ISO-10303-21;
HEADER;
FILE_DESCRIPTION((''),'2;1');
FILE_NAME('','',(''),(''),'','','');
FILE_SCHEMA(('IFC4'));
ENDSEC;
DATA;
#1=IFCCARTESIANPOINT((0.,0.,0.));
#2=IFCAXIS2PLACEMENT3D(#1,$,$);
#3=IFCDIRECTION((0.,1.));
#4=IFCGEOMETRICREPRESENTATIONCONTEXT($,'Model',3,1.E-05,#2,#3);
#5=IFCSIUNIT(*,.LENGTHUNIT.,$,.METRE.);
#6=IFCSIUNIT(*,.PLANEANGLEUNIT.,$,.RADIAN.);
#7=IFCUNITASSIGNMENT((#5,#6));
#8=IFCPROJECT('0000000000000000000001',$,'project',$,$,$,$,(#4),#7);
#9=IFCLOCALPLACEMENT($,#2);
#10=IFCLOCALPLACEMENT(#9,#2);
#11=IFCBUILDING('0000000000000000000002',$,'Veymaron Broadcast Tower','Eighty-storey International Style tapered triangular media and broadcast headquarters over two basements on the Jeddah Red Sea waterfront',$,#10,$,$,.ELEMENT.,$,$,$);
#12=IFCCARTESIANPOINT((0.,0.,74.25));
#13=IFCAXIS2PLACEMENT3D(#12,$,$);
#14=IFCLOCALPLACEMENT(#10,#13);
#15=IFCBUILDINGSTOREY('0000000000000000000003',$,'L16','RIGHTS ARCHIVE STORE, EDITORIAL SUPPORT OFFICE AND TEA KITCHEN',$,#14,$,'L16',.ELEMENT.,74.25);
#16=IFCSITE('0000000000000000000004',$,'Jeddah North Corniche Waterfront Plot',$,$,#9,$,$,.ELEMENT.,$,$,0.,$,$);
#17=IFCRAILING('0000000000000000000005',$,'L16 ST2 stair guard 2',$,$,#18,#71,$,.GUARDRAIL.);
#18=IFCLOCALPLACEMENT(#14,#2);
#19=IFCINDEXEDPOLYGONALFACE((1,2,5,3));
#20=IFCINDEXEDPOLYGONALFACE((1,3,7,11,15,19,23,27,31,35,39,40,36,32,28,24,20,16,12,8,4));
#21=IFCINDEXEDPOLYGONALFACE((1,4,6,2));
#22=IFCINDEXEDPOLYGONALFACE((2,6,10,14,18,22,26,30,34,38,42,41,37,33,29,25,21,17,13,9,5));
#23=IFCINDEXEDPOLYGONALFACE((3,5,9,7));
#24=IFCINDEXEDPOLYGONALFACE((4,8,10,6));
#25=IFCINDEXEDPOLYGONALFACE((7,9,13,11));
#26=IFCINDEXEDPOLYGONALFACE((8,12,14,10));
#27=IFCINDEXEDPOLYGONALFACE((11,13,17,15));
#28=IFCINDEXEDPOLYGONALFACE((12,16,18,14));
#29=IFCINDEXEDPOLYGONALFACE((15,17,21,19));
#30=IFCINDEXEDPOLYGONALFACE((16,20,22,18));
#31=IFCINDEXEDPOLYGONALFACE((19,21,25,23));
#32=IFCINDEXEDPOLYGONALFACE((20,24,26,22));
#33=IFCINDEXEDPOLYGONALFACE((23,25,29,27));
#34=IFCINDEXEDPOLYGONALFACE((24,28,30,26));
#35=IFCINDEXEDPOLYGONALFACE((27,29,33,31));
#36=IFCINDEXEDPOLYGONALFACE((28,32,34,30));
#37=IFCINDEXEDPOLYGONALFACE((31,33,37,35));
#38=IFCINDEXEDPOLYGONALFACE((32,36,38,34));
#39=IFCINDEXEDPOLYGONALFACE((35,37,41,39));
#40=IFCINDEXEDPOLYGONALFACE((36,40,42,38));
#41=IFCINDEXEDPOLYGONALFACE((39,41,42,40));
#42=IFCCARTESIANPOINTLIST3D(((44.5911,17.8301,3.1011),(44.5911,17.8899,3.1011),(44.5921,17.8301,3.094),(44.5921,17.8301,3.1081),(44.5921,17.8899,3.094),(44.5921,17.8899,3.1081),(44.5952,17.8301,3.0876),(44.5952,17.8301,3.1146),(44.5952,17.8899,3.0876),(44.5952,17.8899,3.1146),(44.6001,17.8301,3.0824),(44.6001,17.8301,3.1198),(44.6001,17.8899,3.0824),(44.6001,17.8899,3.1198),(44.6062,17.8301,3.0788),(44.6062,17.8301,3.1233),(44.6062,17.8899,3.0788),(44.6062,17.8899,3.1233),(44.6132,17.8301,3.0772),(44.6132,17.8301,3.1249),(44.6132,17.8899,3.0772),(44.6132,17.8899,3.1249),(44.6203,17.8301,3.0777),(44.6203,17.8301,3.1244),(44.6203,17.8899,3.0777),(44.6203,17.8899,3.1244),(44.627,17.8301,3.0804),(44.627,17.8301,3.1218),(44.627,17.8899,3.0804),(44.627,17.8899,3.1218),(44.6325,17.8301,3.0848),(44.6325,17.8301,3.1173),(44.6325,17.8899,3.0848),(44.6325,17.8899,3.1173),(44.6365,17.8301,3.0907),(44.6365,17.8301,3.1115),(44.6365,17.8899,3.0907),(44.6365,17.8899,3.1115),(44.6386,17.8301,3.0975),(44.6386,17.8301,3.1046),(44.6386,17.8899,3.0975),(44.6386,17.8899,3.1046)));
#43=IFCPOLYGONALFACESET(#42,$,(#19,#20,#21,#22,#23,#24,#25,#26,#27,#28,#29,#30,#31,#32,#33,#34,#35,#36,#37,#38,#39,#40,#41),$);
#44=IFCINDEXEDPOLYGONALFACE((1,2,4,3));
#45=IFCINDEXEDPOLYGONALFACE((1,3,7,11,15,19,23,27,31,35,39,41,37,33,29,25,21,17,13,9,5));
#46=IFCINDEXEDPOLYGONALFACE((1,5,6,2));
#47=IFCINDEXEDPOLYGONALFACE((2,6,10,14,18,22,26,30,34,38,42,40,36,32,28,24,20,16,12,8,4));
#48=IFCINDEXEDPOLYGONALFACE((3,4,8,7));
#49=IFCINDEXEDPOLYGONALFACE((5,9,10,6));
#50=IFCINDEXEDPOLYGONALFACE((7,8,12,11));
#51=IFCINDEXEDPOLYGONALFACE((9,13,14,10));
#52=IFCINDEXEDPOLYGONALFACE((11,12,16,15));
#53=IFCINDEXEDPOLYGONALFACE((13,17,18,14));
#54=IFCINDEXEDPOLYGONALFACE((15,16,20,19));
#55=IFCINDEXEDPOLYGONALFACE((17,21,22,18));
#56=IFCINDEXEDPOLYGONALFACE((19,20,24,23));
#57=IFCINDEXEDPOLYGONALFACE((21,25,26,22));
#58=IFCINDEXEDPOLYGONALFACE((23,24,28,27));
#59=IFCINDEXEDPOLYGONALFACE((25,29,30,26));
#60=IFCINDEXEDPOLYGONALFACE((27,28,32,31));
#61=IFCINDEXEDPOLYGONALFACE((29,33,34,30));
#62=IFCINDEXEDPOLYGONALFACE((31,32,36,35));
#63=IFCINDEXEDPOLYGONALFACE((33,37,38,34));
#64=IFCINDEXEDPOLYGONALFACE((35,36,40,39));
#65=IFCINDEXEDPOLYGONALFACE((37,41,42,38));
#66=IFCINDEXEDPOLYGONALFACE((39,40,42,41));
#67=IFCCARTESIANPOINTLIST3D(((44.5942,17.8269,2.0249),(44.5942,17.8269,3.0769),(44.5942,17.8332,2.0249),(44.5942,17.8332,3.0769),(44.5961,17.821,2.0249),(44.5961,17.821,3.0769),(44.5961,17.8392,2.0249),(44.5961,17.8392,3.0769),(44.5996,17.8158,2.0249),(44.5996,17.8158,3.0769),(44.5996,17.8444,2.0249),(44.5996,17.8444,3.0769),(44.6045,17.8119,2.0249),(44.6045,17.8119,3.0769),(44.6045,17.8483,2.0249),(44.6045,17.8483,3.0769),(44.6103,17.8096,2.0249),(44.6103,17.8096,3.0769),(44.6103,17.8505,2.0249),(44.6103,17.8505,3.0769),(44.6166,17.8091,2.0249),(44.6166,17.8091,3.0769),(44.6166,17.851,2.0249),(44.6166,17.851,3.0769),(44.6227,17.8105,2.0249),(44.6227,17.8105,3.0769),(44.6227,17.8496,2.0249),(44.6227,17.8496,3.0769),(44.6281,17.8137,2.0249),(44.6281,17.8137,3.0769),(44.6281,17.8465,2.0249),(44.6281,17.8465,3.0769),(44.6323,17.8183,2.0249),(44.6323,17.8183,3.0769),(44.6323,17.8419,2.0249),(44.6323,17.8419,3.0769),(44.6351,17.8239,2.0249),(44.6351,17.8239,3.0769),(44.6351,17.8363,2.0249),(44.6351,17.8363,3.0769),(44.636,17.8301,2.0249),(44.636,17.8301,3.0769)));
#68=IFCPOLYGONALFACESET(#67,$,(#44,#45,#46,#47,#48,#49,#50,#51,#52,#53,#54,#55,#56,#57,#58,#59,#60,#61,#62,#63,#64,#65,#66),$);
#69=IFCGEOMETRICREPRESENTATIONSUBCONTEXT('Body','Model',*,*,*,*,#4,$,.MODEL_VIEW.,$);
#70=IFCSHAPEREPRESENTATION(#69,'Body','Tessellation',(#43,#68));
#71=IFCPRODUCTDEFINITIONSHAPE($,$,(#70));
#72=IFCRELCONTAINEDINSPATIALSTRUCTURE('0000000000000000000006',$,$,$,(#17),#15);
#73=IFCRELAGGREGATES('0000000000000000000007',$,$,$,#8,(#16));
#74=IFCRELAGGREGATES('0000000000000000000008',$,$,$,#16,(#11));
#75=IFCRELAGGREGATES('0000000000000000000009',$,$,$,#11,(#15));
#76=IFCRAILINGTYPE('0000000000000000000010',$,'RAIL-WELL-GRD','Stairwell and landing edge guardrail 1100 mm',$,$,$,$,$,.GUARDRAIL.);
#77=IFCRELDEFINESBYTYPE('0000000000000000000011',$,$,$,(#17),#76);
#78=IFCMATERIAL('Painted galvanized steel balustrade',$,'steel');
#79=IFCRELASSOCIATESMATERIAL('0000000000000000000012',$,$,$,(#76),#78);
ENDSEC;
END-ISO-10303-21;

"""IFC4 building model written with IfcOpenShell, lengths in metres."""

from ifc_helpers import new_model, si_unit, direction, frame, origin, origin_2d, place, context, subcontext, project, spatial, circle, extrude, material, type_object, element, save


model = new_model("IFC4")

# Units and contexts
model_context = context("Model", 3, precision=1e-05, world=origin(), true_north=direction((0.0, 1.0)))
body_context = subcontext(model_context, "Body", "Model", "MODEL_VIEW")
ifc_project = project(units=[si_unit("LENGTHUNIT", "METRE"), si_unit("PLANEANGLEUNIT", "RADIAN")], contexts=[model_context])

# Site, building, storey
site_placement = place(None, origin())
site = spatial("IfcSite", under=ifc_project, at=site_placement, Name="Jeddah North Corniche Waterfront Plot", CompositionType="ELEMENT", RefElevation=0.0)
building_placement = place(site_placement, origin())
building = spatial("IfcBuilding", under=site, at=building_placement, Name="Veymaron Broadcast Tower", Description="Eighty-storey International Style tapered triangular media and broadcast headquarters over two basements on the Jeddah Red Sea waterfront", CompositionType="ELEMENT")
storey_placement = place(building_placement, frame((0.0, 0.0, 74.25)))
storey = spatial("IfcBuildingStorey", under=building, at=storey_placement, Name="L16", Description="RIGHTS ARCHIVE STORE, EDITORIAL SUPPORT OFFICE AND TEA KITCHEN", LongName="L16", CompositionType="ELEMENT", Elevation=74.25)

# Railing
ifc_material_1 = material(Name="Painted galvanized steel balustrade", Category="steel")
railing_type_1 = type_object("IfcRailingType", Name="RAIL-WELL-GRD", Description="Stairwell and landing edge guardrail 1100 mm", PredefinedType="GUARDRAIL", material=ifc_material_1)
railing_1_placement = place(storey_placement, frame((44.615, 17.8301, 2.0249)))
element("IfcRailing", 1, at=railing_1_placement, inside=storey, type_object=railing_type_1, Name="L16 ST2 stair guard 2", PredefinedType="GUARDRAIL", context=body_context, shape_type="SweptSolid", body=[
    extrude(circle(Radius=0.0239, at=origin_2d()), frame((0.0, 0.0, 1.0762), z_axis=(0.0, 1.0, 0.0), x_axis=(-1.0, 0.0, 0.0)), (0.0, 0.0, 1.0), 0.0598),
    extrude(circle(Radius=0.021, at=origin_2d()), origin(), (0.0, 0.0, 1.0), 1.052),
])

save(model, "model.ifc")
